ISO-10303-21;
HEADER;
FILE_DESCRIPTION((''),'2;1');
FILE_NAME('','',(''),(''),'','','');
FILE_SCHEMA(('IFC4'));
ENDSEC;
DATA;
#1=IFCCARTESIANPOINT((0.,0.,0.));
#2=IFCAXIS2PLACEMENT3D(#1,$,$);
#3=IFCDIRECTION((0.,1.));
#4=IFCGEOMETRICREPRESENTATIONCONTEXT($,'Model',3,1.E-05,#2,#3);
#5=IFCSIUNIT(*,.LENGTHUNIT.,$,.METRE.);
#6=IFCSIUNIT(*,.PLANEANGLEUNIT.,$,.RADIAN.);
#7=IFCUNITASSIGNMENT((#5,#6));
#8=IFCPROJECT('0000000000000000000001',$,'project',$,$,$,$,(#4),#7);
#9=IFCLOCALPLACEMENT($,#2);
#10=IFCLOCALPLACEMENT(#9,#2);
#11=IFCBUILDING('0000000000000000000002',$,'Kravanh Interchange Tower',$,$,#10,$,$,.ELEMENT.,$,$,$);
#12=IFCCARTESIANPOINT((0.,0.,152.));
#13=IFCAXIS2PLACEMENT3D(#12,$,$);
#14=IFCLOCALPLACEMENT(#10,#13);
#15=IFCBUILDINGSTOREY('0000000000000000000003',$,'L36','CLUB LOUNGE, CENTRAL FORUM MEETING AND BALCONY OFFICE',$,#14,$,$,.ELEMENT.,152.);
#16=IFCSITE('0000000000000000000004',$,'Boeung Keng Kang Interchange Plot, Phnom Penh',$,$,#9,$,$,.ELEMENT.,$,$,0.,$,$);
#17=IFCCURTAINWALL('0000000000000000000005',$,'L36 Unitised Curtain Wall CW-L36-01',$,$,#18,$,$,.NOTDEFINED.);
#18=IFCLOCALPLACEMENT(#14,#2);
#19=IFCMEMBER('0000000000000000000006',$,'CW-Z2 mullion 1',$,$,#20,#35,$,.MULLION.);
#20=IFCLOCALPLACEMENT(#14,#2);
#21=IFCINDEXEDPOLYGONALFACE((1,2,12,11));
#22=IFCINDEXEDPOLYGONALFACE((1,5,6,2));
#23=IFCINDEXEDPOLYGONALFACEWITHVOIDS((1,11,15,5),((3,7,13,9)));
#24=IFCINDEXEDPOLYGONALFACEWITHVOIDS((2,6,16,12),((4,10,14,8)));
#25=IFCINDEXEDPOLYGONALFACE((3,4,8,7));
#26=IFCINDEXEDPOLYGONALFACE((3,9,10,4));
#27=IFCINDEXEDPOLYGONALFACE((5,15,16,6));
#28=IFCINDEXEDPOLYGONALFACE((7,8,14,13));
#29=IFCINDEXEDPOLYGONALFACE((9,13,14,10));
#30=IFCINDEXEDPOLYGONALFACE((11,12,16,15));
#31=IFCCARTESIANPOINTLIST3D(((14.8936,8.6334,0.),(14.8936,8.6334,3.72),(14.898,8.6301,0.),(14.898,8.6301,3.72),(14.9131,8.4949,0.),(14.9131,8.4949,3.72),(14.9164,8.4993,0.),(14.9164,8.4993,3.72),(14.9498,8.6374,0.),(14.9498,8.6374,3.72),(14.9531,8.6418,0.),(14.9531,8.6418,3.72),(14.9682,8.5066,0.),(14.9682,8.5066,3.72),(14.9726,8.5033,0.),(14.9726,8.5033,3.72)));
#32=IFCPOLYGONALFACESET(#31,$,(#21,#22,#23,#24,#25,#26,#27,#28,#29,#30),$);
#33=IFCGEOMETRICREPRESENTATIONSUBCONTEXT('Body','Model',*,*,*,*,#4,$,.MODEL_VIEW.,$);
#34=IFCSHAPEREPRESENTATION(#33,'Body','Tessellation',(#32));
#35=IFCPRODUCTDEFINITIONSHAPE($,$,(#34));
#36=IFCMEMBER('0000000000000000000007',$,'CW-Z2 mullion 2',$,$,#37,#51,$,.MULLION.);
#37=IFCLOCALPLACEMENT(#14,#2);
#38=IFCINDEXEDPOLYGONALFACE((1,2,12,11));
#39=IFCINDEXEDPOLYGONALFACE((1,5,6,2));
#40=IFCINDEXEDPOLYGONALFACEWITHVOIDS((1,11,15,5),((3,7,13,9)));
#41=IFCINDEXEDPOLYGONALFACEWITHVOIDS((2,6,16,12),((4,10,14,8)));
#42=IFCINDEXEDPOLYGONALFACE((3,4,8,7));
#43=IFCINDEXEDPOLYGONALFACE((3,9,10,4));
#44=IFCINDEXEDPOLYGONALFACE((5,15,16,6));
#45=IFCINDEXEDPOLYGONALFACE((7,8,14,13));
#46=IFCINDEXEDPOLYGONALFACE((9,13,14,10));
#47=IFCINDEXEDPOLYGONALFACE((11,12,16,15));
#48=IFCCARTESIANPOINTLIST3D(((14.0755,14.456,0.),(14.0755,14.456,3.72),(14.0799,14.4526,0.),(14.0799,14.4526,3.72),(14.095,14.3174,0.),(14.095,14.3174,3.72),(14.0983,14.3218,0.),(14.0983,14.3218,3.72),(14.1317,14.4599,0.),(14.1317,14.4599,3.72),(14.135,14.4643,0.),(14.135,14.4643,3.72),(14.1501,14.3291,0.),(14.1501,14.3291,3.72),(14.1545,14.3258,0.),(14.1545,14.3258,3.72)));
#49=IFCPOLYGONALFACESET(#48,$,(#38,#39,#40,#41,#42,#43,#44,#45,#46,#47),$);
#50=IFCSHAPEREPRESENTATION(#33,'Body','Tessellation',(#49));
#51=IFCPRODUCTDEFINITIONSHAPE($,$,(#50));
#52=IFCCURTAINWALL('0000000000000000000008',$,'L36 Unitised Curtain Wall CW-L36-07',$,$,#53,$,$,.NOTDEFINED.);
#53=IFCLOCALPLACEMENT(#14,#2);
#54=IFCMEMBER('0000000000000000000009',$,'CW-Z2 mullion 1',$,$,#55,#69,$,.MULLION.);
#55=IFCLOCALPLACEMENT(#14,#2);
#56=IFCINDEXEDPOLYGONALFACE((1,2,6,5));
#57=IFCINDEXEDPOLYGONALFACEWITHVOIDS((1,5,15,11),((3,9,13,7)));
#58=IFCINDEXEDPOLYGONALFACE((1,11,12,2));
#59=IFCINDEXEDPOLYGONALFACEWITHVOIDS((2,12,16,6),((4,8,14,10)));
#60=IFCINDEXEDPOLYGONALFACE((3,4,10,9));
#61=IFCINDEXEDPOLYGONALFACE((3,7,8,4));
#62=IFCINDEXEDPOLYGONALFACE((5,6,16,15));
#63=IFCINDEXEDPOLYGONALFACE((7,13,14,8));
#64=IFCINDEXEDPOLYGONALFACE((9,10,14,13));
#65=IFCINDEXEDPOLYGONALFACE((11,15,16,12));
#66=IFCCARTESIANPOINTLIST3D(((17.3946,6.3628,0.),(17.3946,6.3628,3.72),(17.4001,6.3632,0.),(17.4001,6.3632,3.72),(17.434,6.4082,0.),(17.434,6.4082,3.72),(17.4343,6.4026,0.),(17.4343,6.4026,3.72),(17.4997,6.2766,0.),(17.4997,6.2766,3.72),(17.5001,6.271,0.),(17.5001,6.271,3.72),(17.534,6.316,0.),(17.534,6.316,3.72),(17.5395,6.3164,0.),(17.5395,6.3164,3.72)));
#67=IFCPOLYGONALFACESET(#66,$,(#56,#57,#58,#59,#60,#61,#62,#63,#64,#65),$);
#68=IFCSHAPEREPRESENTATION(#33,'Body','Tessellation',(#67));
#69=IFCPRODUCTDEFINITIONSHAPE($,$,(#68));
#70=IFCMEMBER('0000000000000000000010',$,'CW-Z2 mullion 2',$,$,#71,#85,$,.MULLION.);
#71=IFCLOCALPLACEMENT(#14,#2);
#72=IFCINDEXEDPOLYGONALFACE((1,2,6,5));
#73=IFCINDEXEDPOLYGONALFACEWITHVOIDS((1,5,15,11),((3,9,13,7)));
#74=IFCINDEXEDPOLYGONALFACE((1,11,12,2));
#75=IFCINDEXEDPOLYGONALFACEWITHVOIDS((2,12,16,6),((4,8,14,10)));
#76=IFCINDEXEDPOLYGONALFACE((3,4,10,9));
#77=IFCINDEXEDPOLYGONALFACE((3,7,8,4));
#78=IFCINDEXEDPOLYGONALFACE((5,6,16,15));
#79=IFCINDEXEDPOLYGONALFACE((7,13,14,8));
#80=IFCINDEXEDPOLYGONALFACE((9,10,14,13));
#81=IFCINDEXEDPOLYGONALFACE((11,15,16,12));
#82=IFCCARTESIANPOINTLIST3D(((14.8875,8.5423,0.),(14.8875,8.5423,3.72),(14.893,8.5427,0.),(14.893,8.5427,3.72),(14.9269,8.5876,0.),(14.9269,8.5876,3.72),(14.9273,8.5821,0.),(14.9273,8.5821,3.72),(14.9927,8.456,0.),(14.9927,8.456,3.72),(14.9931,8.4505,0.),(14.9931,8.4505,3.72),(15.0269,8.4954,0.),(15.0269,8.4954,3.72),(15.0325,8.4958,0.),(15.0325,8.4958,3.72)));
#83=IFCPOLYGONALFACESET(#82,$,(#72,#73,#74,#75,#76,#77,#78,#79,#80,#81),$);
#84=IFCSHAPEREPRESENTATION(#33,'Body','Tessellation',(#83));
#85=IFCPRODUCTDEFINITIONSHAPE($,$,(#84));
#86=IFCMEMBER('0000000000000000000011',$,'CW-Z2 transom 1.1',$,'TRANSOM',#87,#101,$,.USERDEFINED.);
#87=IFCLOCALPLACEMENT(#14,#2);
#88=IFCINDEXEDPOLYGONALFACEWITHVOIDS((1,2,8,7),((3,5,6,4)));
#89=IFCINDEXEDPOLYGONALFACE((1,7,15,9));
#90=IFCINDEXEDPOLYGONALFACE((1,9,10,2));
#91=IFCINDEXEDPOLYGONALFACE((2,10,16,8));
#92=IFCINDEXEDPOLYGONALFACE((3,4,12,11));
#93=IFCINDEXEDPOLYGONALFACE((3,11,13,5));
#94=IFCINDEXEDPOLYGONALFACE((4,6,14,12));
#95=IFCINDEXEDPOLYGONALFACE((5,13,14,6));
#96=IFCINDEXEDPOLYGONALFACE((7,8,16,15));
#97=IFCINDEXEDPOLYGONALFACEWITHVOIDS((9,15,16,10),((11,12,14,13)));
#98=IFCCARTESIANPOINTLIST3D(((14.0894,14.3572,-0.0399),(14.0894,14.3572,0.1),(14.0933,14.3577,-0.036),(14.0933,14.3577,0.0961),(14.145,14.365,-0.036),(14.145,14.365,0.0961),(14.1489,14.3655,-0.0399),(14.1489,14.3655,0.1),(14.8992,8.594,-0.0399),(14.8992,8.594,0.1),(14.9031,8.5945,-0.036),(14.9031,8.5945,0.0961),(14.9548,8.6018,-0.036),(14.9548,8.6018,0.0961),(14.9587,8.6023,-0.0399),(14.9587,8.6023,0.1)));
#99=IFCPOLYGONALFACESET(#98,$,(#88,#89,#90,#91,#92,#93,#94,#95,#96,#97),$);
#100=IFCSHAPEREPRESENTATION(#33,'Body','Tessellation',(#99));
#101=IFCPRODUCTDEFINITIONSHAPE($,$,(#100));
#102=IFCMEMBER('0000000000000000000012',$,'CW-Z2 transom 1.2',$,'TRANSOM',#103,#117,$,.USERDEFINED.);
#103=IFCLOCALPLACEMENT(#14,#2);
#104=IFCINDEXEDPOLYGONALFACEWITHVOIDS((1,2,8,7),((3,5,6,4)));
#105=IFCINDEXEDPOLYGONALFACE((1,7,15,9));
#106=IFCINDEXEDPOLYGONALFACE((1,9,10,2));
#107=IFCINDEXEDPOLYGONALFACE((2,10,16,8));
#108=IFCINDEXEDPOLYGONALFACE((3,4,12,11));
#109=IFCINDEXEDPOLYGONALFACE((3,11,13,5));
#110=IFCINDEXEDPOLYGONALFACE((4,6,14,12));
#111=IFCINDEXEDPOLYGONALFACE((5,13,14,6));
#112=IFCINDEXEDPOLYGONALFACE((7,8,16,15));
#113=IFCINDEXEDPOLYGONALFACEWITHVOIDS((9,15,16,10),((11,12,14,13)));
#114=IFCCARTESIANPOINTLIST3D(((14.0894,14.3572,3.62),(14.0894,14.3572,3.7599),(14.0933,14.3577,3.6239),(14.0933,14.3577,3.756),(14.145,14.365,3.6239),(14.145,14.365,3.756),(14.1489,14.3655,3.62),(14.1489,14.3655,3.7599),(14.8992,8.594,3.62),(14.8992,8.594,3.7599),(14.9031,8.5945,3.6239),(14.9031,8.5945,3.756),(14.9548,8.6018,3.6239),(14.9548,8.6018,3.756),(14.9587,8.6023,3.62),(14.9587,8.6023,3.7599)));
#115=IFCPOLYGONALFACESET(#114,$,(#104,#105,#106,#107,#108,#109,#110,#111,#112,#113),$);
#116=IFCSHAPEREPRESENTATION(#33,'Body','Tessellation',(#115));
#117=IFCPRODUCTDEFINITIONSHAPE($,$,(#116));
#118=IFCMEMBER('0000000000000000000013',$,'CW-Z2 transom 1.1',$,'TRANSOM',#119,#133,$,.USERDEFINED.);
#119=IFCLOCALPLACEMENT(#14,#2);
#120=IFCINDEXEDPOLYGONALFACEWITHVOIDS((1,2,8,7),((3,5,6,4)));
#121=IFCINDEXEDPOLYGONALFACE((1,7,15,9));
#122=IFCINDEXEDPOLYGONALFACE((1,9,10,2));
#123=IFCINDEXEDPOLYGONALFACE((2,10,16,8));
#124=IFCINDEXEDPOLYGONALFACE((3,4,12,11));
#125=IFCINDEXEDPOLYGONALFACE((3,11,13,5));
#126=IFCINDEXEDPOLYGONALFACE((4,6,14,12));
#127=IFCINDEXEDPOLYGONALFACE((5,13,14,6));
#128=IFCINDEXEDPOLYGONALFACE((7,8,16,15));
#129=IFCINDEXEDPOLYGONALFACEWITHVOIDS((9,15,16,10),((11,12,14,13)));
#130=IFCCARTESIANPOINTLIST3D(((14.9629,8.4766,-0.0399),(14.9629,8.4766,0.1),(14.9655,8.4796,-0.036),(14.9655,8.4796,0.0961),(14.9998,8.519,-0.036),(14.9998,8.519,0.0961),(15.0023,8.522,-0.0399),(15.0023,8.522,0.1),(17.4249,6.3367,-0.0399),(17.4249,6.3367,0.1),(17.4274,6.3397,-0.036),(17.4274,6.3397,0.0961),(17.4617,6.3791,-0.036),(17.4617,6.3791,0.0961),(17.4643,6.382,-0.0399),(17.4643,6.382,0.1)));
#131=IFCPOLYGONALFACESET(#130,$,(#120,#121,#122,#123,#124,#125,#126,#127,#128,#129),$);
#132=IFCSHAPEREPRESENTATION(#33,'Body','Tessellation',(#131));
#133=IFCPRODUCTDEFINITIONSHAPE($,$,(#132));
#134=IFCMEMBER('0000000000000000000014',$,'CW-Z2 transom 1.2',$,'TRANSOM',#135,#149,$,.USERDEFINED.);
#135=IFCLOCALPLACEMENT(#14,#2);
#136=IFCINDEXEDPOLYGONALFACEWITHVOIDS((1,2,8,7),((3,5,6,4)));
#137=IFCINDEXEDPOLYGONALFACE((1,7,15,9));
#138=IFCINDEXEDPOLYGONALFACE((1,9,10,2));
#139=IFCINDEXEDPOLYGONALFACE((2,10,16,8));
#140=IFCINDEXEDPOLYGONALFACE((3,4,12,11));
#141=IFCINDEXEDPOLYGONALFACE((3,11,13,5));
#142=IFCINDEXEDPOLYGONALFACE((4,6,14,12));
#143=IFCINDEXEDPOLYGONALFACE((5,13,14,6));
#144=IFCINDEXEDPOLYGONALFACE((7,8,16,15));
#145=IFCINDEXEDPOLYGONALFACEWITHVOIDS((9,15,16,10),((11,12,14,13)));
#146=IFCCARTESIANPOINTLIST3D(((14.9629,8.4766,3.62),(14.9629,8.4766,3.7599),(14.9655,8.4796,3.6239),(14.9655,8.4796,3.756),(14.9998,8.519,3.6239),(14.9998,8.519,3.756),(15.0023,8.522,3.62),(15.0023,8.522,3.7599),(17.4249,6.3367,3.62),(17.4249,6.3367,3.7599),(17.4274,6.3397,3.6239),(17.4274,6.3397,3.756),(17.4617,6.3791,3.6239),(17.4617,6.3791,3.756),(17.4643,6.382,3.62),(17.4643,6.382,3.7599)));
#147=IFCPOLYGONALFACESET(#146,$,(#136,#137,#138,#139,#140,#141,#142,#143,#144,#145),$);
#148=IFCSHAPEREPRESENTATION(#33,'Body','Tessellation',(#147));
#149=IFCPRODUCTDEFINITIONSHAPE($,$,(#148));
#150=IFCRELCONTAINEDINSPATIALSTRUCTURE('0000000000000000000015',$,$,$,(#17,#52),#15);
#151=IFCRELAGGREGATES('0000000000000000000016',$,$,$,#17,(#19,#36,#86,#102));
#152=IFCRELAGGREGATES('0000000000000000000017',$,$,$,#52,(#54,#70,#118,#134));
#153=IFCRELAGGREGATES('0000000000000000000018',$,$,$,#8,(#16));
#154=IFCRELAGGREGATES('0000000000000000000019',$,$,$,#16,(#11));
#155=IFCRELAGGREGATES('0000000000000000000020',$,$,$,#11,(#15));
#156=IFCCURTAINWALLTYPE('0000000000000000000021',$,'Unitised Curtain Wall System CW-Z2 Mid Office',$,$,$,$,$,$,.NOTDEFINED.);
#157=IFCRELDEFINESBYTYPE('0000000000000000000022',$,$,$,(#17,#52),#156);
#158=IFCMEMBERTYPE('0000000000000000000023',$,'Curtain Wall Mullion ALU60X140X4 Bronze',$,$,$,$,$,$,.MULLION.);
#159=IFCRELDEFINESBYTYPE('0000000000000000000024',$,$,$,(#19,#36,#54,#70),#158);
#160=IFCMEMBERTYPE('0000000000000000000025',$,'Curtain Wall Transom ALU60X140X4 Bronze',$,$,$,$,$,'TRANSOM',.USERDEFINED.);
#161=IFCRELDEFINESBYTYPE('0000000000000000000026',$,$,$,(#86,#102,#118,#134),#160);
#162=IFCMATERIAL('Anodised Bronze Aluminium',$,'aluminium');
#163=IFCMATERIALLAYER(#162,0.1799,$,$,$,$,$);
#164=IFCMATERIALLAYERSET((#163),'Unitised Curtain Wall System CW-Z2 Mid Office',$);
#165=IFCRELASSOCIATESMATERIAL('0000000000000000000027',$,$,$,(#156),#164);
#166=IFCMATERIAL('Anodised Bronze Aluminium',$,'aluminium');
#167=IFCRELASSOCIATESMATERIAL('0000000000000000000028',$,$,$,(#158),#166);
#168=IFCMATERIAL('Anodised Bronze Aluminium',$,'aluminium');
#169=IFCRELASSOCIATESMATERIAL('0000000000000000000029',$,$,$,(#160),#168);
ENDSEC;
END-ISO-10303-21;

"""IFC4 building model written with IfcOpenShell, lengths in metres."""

from ifc_helpers import new_model, si_unit, direction, frame, origin, origin_2d, place, context, subcontext, project, spatial, hollow_rectangle, extrude, material, layer, layer_set, material_profile, profile_set, type_object, element, aggregate, save


model = new_model("IFC4")

# Units and contexts
model_context = context("Model", 3, precision=1e-05, world=origin(), true_north=direction((0.0, 1.0)))
body_context = subcontext(model_context, "Body", "Model", "MODEL_VIEW")
ifc_project = project(units=[si_unit("LENGTHUNIT", "METRE"), si_unit("PLANEANGLEUNIT", "RADIAN")], contexts=[model_context])

# Site, building, storey
site_placement = place(None, origin())
site = spatial("IfcSite", under=ifc_project, at=site_placement, Name="Boeung Keng Kang Interchange Plot, Phnom Penh", CompositionType="ELEMENT", RefElevation=0.0)
building_placement = place(site_placement, origin())
building = spatial("IfcBuilding", under=site, at=building_placement, Name="Kravanh Interchange Tower", CompositionType="ELEMENT")
storey_placement = place(building_placement, frame((0.0, 0.0, 152.0)))
storey = spatial("IfcBuildingStorey", under=building, at=storey_placement, Name="L36", Description="CLUB LOUNGE, CENTRAL FORUM MEETING AND BALCONY OFFICE", CompositionType="ELEMENT", Elevation=152.0)

# Curtain walls, members
ifc_material_1 = material(Name="Anodised Bronze Aluminium", Category="aluminium")
ifc_layer_1 = layer(ifc_material_1, 0.1799)
ifc_layer_set_1 = layer_set([ifc_layer_1], Name="Unitised Curtain Wall System CW-Z2 Mid Office")
curtain_wall_type = type_object("IfcCurtainWallType", Name="Unitised Curtain Wall System CW-Z2 Mid Office", PredefinedType="NOTDEFINED", material=ifc_layer_set_1)
curtain_wall_1_placement = place(storey_placement, origin())
curtain_wall_1 = element("IfcCurtainWall", 1, at=curtain_wall_1_placement, inside=storey, type_object=curtain_wall_type, Name="L36 Unitised Curtain Wall CW-L36-01", PredefinedType="NOTDEFINED")
ifc_material_2 = material(Name="Anodised Bronze Aluminium", Category="aluminium")
ifc_material_profile_1 = material_profile(ifc_material_2, hollow_rectangle(XDim=0.0601, YDim=0.1399, WallThickness=0.0039, at=origin_2d()), Name="ALU60X140X4")
ifc_profile_set_1 = profile_set([ifc_material_profile_1], Name="Anodised Bronze Aluminium")
member_type_1 = type_object("IfcMemberType", Name="Curtain Wall Mullion ALU60X140X4 Bronze", PredefinedType="MULLION", material=ifc_profile_set_1)
member_1_placement = place(storey_placement, frame((14.9331, 8.5684, 0.0), z_axis=(0.0, 0.0, 1.0), x_axis=(-0.990268, -0.139173, 0.0)))
member_1 = element("IfcMember", 2, at=member_1_placement, type_object=member_type_1, Name="CW-Z2 mullion 1", PredefinedType="MULLION", context=body_context, shape_type="SweptSolid", body=[
    extrude(hollow_rectangle(XDim=0.0601, YDim=0.1399, WallThickness=0.0039, at=origin_2d()), origin(), (0.0, 0.0, 1.0), 3.72),
])
member_2_placement = place(storey_placement, frame((14.115, 14.3909, 0.0), z_axis=(0.0, 0.0, 1.0), x_axis=(-0.990268, -0.139173, 0.0)))
member_2 = element("IfcMember", 3, at=member_2_placement, type_object=member_type_1, Name="CW-Z2 mullion 2", PredefinedType="MULLION", context=body_context, shape_type="SweptSolid", body=[
    extrude(hollow_rectangle(XDim=0.0601, YDim=0.1399, WallThickness=0.0039, at=origin_2d()), origin(), (0.0, 0.0, 1.0), 3.72),
])
curtain_wall_2_placement = place(storey_placement, origin())
curtain_wall_2 = element("IfcCurtainWall", 4, at=curtain_wall_2_placement, inside=storey, type_object=curtain_wall_type, Name="L36 Unitised Curtain Wall CW-L36-07", PredefinedType="NOTDEFINED")
member_3_placement = place(storey_placement, frame((17.467, 6.3396, 0.0), z_axis=(0.0, 0.0, 1.0), x_axis=(-0.656048, -0.754719, 0.0)))
member_3 = element("IfcMember", 5, at=member_3_placement, type_object=member_type_1, Name="CW-Z2 mullion 1", PredefinedType="MULLION", context=body_context, shape_type="SweptSolid", body=[
    extrude(hollow_rectangle(XDim=0.0601, YDim=0.1399, WallThickness=0.0039, at=origin_2d()), origin(), (0.0, 0.0, 1.0), 3.72),
])
member_4_placement = place(storey_placement, frame((14.96, 8.519, 0.0), z_axis=(0.0, 0.0, 1.0), x_axis=(-0.656048, -0.754719, 0.0)))
member_4 = element("IfcMember", 6, at=member_4_placement, type_object=member_type_1, Name="CW-Z2 mullion 2", PredefinedType="MULLION", context=body_context, shape_type="SweptSolid", body=[
    extrude(hollow_rectangle(XDim=0.0601, YDim=0.1399, WallThickness=0.0039, at=origin_2d()), origin(), (0.0, 0.0, 1.0), 3.72),
])

# Members
ifc_material_3 = material(Name="Anodised Bronze Aluminium", Category="aluminium")
ifc_material_profile_2 = material_profile(ifc_material_3, hollow_rectangle(XDim=0.0601, YDim=0.1399, WallThickness=0.0039, at=origin_2d()), Name="ALU60X140X4")
ifc_profile_set_2 = profile_set([ifc_material_profile_2], Name="Anodised Bronze Aluminium")
member_type_2 = type_object("IfcMemberType", Name="Curtain Wall Transom ALU60X140X4 Bronze", ElementType="TRANSOM", PredefinedType="USERDEFINED", material=ifc_profile_set_2)
member_5_placement = place(storey_placement, frame((14.929, 8.5981, 0.03), z_axis=(-0.139148, 0.990272, 0.0), x_axis=(-0.990272, -0.139148, 0.0)))
member_5 = element("IfcMember", 7, at=member_5_placement, type_object=member_type_2, Name="CW-Z2 transom 1.1", ObjectType="TRANSOM", PredefinedType="USERDEFINED", context=body_context, shape_type="SweptSolid", body=[
    extrude(hollow_rectangle(XDim=0.0601, YDim=0.1399, WallThickness=0.0039, at=origin_2d()), origin(), (0.0, 0.0, 1.0), 5.8198),
])
member_6_placement = place(storey_placement, frame((14.929, 8.5981, 3.6899), z_axis=(-0.139148, 0.990272, 0.0), x_axis=(-0.990272, -0.139148, 0.0)))
member_6 = element("IfcMember", 8, at=member_6_placement, type_object=member_type_2, Name="CW-Z2 transom 1.2", ObjectType="TRANSOM", PredefinedType="USERDEFINED", context=body_context, shape_type="SweptSolid", body=[
    extrude(hollow_rectangle(XDim=0.0601, YDim=0.1399, WallThickness=0.0039, at=origin_2d()), origin(), (0.0, 0.0, 1.0), 5.8198),
])
member_7_placement = place(storey_placement, frame((17.4446, 6.3594, 0.03), z_axis=(-0.754742, 0.656021, 0.0), x_axis=(-0.656021, -0.754742, 0.0)))
member_7 = element("IfcMember", 9, at=member_7_placement, type_object=member_type_2, Name="CW-Z2 transom 1.1", ObjectType="TRANSOM", PredefinedType="USERDEFINED", context=body_context, shape_type="SweptSolid", body=[
    extrude(hollow_rectangle(XDim=0.0601, YDim=0.1399, WallThickness=0.0039, at=origin_2d()), origin(), (0.0, 0.0, 1.0), 3.262),
])
member_8_placement = place(storey_placement, frame((17.4446, 6.3594, 3.6899), z_axis=(-0.754742, 0.656021, 0.0), x_axis=(-0.656021, -0.754742, 0.0)))
member_8 = element("IfcMember", 10, at=member_8_placement, type_object=member_type_2, Name="CW-Z2 transom 1.2", ObjectType="TRANSOM", PredefinedType="USERDEFINED", context=body_context, shape_type="SweptSolid", body=[
    extrude(hollow_rectangle(XDim=0.0601, YDim=0.1399, WallThickness=0.0039, at=origin_2d()), origin(), (0.0, 0.0, 1.0), 3.262),
])

aggregate(curtain_wall_1, [member_1, member_2, member_5, member_6])
aggregate(curtain_wall_2, [member_3, member_4, member_7, member_8])

save(model, "model.ifc")
